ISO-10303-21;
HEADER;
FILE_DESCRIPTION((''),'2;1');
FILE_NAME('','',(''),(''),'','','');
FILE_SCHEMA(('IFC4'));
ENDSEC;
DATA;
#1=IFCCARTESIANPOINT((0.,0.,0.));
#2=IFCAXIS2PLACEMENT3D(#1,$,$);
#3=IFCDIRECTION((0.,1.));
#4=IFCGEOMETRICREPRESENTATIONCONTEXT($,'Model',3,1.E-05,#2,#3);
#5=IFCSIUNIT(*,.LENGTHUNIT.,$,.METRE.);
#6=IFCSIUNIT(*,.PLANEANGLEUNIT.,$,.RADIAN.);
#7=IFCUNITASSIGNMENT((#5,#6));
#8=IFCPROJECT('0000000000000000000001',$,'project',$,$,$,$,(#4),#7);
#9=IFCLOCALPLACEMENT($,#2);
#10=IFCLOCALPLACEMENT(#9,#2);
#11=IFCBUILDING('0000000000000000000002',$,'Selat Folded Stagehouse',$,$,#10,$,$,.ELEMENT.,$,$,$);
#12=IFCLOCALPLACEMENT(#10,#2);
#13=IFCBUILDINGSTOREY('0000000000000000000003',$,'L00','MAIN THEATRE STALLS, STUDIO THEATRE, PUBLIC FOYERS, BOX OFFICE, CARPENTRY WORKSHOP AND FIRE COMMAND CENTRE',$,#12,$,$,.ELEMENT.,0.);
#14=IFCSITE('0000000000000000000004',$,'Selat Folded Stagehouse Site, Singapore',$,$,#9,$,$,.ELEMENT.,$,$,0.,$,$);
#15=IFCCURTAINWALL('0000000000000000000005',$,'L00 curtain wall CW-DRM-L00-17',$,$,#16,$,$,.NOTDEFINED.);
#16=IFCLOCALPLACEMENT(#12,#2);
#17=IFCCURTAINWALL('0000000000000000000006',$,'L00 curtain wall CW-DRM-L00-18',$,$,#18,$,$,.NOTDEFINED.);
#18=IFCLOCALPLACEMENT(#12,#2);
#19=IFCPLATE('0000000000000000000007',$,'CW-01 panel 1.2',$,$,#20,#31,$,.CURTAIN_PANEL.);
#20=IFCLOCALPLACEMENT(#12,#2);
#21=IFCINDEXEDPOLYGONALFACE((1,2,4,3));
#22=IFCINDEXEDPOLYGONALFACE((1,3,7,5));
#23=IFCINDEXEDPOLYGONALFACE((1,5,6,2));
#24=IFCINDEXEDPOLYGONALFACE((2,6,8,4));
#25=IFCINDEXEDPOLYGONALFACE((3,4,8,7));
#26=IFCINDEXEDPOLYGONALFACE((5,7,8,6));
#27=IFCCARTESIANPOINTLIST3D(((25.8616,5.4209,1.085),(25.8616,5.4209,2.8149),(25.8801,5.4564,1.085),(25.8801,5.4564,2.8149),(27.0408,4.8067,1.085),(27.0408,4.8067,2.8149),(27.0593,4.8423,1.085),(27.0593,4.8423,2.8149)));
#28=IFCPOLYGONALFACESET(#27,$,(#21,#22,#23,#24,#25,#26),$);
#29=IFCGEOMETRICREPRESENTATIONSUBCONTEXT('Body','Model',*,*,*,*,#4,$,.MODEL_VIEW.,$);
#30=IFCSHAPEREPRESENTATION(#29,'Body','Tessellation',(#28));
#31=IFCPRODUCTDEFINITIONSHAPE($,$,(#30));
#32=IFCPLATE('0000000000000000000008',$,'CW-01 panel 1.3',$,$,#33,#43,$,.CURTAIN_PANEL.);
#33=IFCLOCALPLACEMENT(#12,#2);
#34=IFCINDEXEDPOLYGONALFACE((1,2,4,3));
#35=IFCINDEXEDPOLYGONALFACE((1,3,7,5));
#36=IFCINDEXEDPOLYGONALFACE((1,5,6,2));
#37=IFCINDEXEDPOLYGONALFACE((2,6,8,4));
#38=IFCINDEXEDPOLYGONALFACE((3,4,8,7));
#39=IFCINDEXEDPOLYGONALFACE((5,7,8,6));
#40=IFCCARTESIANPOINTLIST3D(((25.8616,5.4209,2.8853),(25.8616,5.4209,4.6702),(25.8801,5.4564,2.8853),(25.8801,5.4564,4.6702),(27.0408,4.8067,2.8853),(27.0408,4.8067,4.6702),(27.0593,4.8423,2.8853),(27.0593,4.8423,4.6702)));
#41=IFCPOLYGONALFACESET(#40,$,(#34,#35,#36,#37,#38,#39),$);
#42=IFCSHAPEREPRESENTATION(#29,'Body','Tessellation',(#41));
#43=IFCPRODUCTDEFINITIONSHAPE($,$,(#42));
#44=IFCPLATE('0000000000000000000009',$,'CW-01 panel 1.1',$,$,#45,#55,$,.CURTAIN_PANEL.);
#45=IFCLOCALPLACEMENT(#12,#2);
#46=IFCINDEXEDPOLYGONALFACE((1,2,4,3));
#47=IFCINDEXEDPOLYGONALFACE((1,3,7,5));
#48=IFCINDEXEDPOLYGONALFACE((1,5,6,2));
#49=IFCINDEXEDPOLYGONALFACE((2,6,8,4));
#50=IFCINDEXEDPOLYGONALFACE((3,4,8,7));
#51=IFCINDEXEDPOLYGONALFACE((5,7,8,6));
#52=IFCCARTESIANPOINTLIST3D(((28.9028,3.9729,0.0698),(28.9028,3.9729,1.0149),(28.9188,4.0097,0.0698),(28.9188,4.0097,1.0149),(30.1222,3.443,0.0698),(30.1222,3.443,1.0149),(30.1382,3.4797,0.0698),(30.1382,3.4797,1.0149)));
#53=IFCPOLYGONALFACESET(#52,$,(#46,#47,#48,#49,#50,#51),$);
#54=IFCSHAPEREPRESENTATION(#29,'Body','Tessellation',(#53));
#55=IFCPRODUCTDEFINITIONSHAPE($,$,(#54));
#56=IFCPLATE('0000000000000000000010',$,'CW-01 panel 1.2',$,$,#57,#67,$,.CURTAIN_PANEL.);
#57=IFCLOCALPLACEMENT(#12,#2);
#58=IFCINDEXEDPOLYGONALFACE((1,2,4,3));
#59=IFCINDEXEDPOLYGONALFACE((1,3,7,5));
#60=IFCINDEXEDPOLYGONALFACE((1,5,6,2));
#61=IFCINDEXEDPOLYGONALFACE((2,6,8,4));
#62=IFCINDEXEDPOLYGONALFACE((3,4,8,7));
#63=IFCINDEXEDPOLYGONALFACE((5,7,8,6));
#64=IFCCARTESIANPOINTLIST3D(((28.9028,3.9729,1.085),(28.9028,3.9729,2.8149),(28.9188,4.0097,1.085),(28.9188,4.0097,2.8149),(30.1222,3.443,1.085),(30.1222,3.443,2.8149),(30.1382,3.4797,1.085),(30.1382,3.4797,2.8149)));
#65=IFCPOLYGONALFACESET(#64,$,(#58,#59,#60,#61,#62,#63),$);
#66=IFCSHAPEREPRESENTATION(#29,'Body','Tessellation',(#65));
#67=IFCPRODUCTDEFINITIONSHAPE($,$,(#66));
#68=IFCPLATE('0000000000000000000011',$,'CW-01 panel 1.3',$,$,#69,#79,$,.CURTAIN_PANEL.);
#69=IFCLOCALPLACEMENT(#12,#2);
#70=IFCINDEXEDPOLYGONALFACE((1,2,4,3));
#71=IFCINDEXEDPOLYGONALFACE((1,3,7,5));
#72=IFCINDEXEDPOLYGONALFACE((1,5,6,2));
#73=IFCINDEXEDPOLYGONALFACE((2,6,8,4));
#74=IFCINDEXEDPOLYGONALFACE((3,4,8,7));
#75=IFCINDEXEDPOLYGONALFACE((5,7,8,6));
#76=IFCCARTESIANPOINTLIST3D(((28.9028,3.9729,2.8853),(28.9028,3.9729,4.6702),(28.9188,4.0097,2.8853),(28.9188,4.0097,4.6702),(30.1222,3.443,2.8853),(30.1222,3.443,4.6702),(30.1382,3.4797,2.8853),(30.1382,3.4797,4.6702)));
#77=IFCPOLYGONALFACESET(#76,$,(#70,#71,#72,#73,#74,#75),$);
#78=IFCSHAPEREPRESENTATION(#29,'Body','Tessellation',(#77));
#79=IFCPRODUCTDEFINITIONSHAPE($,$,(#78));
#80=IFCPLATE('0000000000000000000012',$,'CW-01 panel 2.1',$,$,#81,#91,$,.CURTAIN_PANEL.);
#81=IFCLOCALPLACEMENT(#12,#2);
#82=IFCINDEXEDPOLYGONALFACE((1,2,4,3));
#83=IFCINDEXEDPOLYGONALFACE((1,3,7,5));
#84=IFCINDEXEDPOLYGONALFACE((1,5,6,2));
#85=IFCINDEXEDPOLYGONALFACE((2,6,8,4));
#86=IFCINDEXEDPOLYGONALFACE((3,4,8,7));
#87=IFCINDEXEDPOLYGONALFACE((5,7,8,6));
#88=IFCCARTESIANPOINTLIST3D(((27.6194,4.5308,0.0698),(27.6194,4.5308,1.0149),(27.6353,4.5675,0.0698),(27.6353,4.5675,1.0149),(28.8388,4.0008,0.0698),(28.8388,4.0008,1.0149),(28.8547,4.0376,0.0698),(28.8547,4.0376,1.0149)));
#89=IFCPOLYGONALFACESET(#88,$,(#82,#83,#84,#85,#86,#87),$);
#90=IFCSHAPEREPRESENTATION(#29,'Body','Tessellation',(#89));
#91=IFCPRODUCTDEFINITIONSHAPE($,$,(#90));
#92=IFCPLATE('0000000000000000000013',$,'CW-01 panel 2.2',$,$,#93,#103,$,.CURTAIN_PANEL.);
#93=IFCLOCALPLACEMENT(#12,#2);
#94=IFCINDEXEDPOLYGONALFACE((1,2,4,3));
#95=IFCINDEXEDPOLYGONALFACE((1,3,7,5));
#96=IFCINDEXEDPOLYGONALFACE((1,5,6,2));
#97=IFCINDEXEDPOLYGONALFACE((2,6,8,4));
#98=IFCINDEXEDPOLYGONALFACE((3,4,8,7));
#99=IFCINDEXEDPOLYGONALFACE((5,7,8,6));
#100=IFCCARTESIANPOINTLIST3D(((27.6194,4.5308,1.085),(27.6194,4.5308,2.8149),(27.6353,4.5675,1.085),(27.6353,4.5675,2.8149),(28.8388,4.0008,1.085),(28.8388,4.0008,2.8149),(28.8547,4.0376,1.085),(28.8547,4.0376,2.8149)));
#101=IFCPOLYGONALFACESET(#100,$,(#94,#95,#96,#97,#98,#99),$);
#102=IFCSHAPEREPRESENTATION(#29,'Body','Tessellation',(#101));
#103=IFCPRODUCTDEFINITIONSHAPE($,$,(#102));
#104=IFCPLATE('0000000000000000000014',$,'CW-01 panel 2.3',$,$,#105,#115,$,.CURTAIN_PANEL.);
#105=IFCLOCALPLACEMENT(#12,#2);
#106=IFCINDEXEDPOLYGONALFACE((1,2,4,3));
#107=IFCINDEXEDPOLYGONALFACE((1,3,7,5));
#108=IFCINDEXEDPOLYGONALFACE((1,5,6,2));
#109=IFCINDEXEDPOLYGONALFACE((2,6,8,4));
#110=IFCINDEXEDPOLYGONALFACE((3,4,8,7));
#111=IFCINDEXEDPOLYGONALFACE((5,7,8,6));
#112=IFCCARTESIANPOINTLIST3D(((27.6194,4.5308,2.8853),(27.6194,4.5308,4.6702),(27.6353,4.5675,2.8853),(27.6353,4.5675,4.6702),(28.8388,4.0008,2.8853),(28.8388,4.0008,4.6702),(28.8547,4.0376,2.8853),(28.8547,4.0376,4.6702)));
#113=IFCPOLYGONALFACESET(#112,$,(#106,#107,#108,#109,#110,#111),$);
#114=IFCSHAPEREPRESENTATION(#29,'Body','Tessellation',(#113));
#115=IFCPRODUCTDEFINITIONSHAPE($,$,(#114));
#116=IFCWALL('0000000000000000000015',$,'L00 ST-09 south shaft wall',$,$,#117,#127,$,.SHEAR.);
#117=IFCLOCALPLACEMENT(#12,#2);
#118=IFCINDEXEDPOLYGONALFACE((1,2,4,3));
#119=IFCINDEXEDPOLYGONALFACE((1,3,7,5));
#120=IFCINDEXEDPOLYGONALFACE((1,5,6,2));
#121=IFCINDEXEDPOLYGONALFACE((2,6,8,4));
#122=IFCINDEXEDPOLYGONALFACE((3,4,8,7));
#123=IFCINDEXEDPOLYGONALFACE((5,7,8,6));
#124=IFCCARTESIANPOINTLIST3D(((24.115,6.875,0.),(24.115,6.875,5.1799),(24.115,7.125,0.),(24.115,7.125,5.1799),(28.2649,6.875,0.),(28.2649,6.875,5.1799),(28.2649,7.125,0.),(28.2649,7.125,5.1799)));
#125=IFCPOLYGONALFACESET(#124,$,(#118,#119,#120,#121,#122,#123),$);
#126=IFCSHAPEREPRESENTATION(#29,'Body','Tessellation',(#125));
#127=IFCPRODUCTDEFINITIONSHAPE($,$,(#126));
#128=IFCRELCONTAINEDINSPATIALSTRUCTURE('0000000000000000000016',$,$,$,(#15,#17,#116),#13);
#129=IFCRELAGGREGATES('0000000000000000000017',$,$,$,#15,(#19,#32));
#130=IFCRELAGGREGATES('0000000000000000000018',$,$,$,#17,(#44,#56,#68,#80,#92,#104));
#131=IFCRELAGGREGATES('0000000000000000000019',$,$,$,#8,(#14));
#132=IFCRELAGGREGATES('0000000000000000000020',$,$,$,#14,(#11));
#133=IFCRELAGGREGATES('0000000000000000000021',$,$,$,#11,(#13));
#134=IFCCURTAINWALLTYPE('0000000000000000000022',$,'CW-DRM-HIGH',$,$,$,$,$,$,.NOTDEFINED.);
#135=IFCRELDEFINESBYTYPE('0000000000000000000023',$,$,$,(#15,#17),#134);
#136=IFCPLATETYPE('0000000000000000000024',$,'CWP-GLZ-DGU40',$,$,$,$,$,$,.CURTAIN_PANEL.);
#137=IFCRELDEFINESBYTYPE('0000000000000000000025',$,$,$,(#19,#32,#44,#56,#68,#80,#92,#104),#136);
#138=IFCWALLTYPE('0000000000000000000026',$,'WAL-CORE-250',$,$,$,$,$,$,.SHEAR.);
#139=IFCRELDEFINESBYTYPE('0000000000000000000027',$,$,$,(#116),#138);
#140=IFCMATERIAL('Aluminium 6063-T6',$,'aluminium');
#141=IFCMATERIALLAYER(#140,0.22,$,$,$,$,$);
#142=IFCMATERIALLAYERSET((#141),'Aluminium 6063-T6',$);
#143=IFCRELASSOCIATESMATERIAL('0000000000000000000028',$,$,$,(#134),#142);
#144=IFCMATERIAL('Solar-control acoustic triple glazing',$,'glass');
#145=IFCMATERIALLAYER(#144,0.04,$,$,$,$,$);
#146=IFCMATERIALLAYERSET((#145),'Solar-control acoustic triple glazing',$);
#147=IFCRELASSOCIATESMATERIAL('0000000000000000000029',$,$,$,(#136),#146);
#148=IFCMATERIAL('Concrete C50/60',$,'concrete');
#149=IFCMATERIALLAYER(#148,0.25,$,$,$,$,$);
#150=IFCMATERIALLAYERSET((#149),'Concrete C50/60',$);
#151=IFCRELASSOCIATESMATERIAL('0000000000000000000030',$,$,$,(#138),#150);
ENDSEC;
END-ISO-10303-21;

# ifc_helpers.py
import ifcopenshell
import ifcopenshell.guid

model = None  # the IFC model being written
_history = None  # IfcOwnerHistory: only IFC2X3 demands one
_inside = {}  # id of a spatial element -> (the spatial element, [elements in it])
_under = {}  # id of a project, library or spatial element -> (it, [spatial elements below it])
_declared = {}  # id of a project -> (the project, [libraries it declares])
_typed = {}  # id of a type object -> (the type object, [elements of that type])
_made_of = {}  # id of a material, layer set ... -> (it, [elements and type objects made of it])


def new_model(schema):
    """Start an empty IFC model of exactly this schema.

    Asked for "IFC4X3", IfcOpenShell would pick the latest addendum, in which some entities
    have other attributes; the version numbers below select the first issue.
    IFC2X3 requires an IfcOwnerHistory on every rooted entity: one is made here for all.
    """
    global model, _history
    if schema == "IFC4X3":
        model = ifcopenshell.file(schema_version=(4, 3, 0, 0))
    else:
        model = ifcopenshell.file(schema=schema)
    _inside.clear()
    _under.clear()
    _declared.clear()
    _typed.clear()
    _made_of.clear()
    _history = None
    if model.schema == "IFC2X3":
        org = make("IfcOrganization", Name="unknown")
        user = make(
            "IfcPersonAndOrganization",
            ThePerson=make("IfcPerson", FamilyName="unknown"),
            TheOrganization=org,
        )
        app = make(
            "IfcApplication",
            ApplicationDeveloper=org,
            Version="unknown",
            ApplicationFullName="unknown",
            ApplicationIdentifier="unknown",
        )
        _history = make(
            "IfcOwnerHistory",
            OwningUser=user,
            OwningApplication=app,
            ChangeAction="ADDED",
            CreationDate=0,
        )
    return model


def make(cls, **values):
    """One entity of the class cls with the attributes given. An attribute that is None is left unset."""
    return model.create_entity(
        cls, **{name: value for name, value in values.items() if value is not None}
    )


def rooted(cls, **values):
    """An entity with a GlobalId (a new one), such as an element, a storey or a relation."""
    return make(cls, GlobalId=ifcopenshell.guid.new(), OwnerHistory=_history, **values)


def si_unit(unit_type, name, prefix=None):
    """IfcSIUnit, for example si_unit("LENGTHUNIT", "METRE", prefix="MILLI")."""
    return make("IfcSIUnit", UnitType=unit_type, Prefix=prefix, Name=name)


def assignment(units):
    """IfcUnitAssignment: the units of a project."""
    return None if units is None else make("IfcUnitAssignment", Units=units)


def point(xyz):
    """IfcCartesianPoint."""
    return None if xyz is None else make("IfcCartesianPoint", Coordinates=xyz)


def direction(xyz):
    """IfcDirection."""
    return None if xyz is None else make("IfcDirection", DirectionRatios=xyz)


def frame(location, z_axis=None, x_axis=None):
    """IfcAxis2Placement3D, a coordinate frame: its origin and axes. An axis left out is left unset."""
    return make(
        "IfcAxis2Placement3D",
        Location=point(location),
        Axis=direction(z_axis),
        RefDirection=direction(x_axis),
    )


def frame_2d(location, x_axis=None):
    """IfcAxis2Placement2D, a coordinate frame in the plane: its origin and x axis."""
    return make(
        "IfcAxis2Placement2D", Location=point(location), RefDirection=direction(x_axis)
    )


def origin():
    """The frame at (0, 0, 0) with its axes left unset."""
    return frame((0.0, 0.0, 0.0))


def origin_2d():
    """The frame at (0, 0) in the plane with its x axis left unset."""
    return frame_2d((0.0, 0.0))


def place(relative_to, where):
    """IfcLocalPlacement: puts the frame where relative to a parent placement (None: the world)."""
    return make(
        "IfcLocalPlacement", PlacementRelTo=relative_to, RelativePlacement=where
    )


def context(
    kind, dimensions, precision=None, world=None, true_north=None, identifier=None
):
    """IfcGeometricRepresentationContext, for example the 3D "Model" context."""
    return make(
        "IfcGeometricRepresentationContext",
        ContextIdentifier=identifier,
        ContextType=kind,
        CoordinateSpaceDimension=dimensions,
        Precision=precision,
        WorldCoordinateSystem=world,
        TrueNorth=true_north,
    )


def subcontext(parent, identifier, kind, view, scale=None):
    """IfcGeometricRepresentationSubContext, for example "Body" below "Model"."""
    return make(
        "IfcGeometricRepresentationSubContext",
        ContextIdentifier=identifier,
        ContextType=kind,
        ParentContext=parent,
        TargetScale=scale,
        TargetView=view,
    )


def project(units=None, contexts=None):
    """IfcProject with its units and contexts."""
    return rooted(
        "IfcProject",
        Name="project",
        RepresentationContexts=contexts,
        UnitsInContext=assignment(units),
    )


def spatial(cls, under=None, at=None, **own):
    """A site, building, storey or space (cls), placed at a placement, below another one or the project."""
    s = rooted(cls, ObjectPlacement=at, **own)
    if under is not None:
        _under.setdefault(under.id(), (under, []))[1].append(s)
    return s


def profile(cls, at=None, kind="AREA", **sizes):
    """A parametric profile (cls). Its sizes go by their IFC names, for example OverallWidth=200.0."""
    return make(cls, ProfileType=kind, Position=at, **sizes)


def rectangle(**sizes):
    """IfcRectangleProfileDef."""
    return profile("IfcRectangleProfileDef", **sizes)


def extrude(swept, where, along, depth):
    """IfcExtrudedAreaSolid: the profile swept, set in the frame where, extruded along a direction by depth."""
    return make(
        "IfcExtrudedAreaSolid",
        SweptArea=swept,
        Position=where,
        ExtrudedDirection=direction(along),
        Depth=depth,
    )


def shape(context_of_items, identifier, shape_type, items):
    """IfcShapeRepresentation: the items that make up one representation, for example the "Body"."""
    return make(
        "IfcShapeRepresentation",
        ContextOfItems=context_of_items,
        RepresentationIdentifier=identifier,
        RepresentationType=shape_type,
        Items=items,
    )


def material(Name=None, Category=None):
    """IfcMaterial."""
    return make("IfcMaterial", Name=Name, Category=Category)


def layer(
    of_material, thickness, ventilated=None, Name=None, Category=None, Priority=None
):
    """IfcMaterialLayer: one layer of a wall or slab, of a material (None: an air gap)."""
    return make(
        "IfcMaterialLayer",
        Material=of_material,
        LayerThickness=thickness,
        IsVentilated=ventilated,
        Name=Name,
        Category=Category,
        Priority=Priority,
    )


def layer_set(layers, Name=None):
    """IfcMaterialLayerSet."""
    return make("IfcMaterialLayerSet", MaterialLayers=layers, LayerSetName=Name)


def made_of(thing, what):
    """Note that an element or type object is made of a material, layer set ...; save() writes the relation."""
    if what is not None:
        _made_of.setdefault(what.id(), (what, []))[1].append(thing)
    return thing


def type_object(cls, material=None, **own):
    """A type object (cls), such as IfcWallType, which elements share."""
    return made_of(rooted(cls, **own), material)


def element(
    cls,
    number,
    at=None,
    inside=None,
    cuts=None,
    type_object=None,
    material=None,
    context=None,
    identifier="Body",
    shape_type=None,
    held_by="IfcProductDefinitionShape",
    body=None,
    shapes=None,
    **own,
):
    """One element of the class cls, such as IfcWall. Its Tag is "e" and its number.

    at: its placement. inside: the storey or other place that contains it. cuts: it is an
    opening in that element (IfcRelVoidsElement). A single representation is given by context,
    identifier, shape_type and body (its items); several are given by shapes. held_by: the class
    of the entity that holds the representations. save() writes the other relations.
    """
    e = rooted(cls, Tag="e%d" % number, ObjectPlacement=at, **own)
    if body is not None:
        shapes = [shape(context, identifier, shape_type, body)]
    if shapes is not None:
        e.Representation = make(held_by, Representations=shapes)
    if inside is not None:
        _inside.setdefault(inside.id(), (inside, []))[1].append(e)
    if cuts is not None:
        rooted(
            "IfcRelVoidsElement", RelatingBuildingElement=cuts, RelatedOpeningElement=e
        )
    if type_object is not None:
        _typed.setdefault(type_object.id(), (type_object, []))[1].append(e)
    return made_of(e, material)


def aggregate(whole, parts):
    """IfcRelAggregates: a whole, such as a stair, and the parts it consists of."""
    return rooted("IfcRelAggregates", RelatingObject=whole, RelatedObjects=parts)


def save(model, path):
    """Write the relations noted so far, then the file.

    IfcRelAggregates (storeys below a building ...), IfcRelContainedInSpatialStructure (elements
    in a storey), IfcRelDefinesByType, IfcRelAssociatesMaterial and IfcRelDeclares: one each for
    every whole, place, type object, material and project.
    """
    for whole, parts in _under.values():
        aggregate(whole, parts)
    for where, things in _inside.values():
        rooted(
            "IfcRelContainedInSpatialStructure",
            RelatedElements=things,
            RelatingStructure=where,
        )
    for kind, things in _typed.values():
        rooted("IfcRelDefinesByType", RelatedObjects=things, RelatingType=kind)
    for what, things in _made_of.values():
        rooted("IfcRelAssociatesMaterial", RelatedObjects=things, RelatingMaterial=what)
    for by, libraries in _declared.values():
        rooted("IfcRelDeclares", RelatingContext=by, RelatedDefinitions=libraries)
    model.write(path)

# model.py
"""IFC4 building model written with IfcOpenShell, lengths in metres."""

from ifc_helpers import new_model, si_unit, direction, frame, frame_2d, origin, origin_2d, place, context, subcontext, project, spatial, rectangle, extrude, material, layer, layer_set, type_object, element, aggregate, save


model = new_model("IFC4")

# Units and contexts
model_context = context("Model", 3, precision=1e-05, world=origin(), true_north=direction((0.0, 1.0)))
body_context = subcontext(model_context, "Body", "Model", "MODEL_VIEW")
ifc_project = project(units=[si_unit("LENGTHUNIT", "METRE"), si_unit("PLANEANGLEUNIT", "RADIAN")], contexts=[model_context])

# Site, building, storey
site_placement = place(None, origin())
site = spatial("IfcSite", under=ifc_project, at=site_placement, Name="Selat Folded Stagehouse Site, Singapore", CompositionType="ELEMENT", RefElevation=0.0)
building_placement = place(site_placement, origin())
building = spatial("IfcBuilding", under=site, at=building_placement, Name="Selat Folded Stagehouse", CompositionType="ELEMENT")
storey_placement = place(building_placement, origin())
storey = spatial("IfcBuildingStorey", under=building, at=storey_placement, Name="L00", Description="MAIN THEATRE STALLS, STUDIO THEATRE, PUBLIC FOYERS, BOX OFFICE, CARPENTRY WORKSHOP AND FIRE COMMAND CENTRE", CompositionType="ELEMENT", Elevation=0.0)

# Curtain walls
ifc_material_1 = material(Name="Aluminium 6063-T6", Category="aluminium")
ifc_layer_1 = layer(ifc_material_1, 0.22)
ifc_layer_set_1 = layer_set([ifc_layer_1], Name="Aluminium 6063-T6")
curtain_wall_type = type_object("IfcCurtainWallType", Name="CW-DRM-HIGH", PredefinedType="NOTDEFINED", material=ifc_layer_set_1)
curtain_wall_1_placement = place(storey_placement, origin())
curtain_wall_1 = element("IfcCurtainWall", 1, at=curtain_wall_1_placement, inside=storey, type_object=curtain_wall_type, Name="L00 curtain wall CW-DRM-L00-17", PredefinedType="NOTDEFINED")
curtain_wall_2_placement = place(storey_placement, origin())
curtain_wall_2 = element("IfcCurtainWall", 2, at=curtain_wall_2_placement, inside=storey, type_object=curtain_wall_type, Name="L00 curtain wall CW-DRM-L00-18", PredefinedType="NOTDEFINED")

# Plates
ifc_material_2 = material(Name="Solar-control acoustic triple glazing", Category="glass")
ifc_layer_2 = layer(ifc_material_2, 0.04)
ifc_layer_set_2 = layer_set([ifc_layer_2], Name="Solar-control acoustic triple glazing")
plate_type = type_object("IfcPlateType", Name="CWP-GLZ-DGU40", PredefinedType="CURTAIN_PANEL", material=ifc_layer_set_2)
plate_1_placement = place(storey_placement, frame((26.4604, 5.1316, 1.085), z_axis=(0.0, 0.0, 1.0), x_axis=(-0.886916, 0.461931, 0.0)))
plate_1 = element("IfcPlate", 3, at=plate_1_placement, type_object=plate_type, Name="CW-01 panel 1.2", PredefinedType="CURTAIN_PANEL", context=body_context, shape_type="SweptSolid", body=[
    extrude(rectangle(XDim=1.3296, YDim=0.04, at=origin_2d()), origin(), (0.0, 0.0, 1.0), 1.73),
])
plate_2_placement = place(storey_placement, frame((26.4604, 5.1316, 2.8853), z_axis=(0.0, 0.0, 1.0), x_axis=(-0.886916, 0.461931, 0.0)))
plate_2 = element("IfcPlate", 4, at=plate_2_placement, type_object=plate_type, Name="CW-01 panel 1.3", PredefinedType="CURTAIN_PANEL", context=body_context, shape_type="SweptSolid", body=[
    extrude(rectangle(XDim=1.3296, YDim=0.04, at=origin_2d()), origin(), (0.0, 0.0, 1.0), 1.7849),
])
aggregate(curtain_wall_1, [plate_1, plate_2])
plate_3_placement = place(storey_placement, frame((29.5205, 3.7263, 0.0698), z_axis=(0.0, 0.0, 1.0), x_axis=(-0.917134, 0.39858, 0.0)))
plate_3 = element("IfcPlate", 5, at=plate_3_placement, type_object=plate_type, Name="CW-01 panel 1.1", PredefinedType="CURTAIN_PANEL", context=body_context, shape_type="SweptSolid", body=[
    extrude(rectangle(XDim=1.3296, YDim=0.04, at=origin_2d()), origin(), (0.0, 0.0, 1.0), 0.9451),
])
plate_4_placement = place(storey_placement, frame((29.5205, 3.7263, 1.085), z_axis=(0.0, 0.0, 1.0), x_axis=(-0.917134, 0.39858, 0.0)))
plate_4 = element("IfcPlate", 6, at=plate_4_placement, type_object=plate_type, Name="CW-01 panel 1.2", PredefinedType="CURTAIN_PANEL", context=body_context, shape_type="SweptSolid", body=[
    extrude(rectangle(XDim=1.3296, YDim=0.04, at=origin_2d()), origin(), (0.0, 0.0, 1.0), 1.73),
])
plate_5_placement = place(storey_placement, frame((29.5205, 3.7263, 2.8853), z_axis=(0.0, 0.0, 1.0), x_axis=(-0.917134, 0.39858, 0.0)))
plate_5 = element("IfcPlate", 7, at=plate_5_placement, type_object=plate_type, Name="CW-01 panel 1.3", PredefinedType="CURTAIN_PANEL", context=body_context, shape_type="SweptSolid", body=[
    extrude(rectangle(XDim=1.3296, YDim=0.04, at=origin_2d()), origin(), (0.0, 0.0, 1.0), 1.7849),
])
plate_6_placement = place(storey_placement, frame((28.2371, 4.2842, 0.0698), z_axis=(0.0, 0.0, 1.0), x_axis=(-0.917134, 0.39858, 0.0)))
plate_6 = element("IfcPlate", 8, at=plate_6_placement, type_object=plate_type, Name="CW-01 panel 2.1", PredefinedType="CURTAIN_PANEL", context=body_context, shape_type="SweptSolid", body=[
    extrude(rectangle(XDim=1.3296, YDim=0.04, at=origin_2d()), origin(), (0.0, 0.0, 1.0), 0.9451),
])
plate_7_placement = place(storey_placement, frame((28.2371, 4.2842, 1.085), z_axis=(0.0, 0.0, 1.0), x_axis=(-0.917134, 0.39858, 0.0)))
plate_7 = element("IfcPlate", 9, at=plate_7_placement, type_object=plate_type, Name="CW-01 panel 2.2", PredefinedType="CURTAIN_PANEL", context=body_context, shape_type="SweptSolid", body=[
    extrude(rectangle(XDim=1.3296, YDim=0.04, at=origin_2d()), origin(), (0.0, 0.0, 1.0), 1.73),
])
plate_8_placement = place(storey_placement, frame((28.2371, 4.2842, 2.8853), z_axis=(0.0, 0.0, 1.0), x_axis=(-0.917134, 0.39858, 0.0)))
plate_8 = element("IfcPlate", 10, at=plate_8_placement, type_object=plate_type, Name="CW-01 panel 2.3", PredefinedType="CURTAIN_PANEL", context=body_context, shape_type="SweptSolid", body=[
    extrude(rectangle(XDim=1.3296, YDim=0.04, at=origin_2d()), origin(), (0.0, 0.0, 1.0), 1.7849),
])
aggregate(curtain_wall_2, [plate_3, plate_4, plate_5, plate_6, plate_7, plate_8])

# Wall
ifc_material_3 = material(Name="Concrete C50/60", Category="concrete")
ifc_layer_3 = layer(ifc_material_3, 0.25)
ifc_layer_set_3 = layer_set([ifc_layer_3], Name="Concrete C50/60")
wall_type = type_object("IfcWallType", Name="WAL-CORE-250", PredefinedType="SHEAR", material=ifc_layer_set_3)
wall_placement = place(storey_placement, frame((28.2649, 7.0, 0.0), z_axis=(0.0, 0.0, 1.0), x_axis=(-1.0, 0.0, 0.0)))
element("IfcWall", 11, at=wall_placement, inside=storey, type_object=wall_type, Name="L00 ST-09 south shaft wall", PredefinedType="SHEAR", context=body_context, shape_type="SweptSolid", body=[
    extrude(rectangle(XDim=4.1499, YDim=0.25, at=frame_2d((2.075, 0.0))), origin(), (0.0, 0.0, 1.0), 5.1799),
])

save(model, "model.ifc")
